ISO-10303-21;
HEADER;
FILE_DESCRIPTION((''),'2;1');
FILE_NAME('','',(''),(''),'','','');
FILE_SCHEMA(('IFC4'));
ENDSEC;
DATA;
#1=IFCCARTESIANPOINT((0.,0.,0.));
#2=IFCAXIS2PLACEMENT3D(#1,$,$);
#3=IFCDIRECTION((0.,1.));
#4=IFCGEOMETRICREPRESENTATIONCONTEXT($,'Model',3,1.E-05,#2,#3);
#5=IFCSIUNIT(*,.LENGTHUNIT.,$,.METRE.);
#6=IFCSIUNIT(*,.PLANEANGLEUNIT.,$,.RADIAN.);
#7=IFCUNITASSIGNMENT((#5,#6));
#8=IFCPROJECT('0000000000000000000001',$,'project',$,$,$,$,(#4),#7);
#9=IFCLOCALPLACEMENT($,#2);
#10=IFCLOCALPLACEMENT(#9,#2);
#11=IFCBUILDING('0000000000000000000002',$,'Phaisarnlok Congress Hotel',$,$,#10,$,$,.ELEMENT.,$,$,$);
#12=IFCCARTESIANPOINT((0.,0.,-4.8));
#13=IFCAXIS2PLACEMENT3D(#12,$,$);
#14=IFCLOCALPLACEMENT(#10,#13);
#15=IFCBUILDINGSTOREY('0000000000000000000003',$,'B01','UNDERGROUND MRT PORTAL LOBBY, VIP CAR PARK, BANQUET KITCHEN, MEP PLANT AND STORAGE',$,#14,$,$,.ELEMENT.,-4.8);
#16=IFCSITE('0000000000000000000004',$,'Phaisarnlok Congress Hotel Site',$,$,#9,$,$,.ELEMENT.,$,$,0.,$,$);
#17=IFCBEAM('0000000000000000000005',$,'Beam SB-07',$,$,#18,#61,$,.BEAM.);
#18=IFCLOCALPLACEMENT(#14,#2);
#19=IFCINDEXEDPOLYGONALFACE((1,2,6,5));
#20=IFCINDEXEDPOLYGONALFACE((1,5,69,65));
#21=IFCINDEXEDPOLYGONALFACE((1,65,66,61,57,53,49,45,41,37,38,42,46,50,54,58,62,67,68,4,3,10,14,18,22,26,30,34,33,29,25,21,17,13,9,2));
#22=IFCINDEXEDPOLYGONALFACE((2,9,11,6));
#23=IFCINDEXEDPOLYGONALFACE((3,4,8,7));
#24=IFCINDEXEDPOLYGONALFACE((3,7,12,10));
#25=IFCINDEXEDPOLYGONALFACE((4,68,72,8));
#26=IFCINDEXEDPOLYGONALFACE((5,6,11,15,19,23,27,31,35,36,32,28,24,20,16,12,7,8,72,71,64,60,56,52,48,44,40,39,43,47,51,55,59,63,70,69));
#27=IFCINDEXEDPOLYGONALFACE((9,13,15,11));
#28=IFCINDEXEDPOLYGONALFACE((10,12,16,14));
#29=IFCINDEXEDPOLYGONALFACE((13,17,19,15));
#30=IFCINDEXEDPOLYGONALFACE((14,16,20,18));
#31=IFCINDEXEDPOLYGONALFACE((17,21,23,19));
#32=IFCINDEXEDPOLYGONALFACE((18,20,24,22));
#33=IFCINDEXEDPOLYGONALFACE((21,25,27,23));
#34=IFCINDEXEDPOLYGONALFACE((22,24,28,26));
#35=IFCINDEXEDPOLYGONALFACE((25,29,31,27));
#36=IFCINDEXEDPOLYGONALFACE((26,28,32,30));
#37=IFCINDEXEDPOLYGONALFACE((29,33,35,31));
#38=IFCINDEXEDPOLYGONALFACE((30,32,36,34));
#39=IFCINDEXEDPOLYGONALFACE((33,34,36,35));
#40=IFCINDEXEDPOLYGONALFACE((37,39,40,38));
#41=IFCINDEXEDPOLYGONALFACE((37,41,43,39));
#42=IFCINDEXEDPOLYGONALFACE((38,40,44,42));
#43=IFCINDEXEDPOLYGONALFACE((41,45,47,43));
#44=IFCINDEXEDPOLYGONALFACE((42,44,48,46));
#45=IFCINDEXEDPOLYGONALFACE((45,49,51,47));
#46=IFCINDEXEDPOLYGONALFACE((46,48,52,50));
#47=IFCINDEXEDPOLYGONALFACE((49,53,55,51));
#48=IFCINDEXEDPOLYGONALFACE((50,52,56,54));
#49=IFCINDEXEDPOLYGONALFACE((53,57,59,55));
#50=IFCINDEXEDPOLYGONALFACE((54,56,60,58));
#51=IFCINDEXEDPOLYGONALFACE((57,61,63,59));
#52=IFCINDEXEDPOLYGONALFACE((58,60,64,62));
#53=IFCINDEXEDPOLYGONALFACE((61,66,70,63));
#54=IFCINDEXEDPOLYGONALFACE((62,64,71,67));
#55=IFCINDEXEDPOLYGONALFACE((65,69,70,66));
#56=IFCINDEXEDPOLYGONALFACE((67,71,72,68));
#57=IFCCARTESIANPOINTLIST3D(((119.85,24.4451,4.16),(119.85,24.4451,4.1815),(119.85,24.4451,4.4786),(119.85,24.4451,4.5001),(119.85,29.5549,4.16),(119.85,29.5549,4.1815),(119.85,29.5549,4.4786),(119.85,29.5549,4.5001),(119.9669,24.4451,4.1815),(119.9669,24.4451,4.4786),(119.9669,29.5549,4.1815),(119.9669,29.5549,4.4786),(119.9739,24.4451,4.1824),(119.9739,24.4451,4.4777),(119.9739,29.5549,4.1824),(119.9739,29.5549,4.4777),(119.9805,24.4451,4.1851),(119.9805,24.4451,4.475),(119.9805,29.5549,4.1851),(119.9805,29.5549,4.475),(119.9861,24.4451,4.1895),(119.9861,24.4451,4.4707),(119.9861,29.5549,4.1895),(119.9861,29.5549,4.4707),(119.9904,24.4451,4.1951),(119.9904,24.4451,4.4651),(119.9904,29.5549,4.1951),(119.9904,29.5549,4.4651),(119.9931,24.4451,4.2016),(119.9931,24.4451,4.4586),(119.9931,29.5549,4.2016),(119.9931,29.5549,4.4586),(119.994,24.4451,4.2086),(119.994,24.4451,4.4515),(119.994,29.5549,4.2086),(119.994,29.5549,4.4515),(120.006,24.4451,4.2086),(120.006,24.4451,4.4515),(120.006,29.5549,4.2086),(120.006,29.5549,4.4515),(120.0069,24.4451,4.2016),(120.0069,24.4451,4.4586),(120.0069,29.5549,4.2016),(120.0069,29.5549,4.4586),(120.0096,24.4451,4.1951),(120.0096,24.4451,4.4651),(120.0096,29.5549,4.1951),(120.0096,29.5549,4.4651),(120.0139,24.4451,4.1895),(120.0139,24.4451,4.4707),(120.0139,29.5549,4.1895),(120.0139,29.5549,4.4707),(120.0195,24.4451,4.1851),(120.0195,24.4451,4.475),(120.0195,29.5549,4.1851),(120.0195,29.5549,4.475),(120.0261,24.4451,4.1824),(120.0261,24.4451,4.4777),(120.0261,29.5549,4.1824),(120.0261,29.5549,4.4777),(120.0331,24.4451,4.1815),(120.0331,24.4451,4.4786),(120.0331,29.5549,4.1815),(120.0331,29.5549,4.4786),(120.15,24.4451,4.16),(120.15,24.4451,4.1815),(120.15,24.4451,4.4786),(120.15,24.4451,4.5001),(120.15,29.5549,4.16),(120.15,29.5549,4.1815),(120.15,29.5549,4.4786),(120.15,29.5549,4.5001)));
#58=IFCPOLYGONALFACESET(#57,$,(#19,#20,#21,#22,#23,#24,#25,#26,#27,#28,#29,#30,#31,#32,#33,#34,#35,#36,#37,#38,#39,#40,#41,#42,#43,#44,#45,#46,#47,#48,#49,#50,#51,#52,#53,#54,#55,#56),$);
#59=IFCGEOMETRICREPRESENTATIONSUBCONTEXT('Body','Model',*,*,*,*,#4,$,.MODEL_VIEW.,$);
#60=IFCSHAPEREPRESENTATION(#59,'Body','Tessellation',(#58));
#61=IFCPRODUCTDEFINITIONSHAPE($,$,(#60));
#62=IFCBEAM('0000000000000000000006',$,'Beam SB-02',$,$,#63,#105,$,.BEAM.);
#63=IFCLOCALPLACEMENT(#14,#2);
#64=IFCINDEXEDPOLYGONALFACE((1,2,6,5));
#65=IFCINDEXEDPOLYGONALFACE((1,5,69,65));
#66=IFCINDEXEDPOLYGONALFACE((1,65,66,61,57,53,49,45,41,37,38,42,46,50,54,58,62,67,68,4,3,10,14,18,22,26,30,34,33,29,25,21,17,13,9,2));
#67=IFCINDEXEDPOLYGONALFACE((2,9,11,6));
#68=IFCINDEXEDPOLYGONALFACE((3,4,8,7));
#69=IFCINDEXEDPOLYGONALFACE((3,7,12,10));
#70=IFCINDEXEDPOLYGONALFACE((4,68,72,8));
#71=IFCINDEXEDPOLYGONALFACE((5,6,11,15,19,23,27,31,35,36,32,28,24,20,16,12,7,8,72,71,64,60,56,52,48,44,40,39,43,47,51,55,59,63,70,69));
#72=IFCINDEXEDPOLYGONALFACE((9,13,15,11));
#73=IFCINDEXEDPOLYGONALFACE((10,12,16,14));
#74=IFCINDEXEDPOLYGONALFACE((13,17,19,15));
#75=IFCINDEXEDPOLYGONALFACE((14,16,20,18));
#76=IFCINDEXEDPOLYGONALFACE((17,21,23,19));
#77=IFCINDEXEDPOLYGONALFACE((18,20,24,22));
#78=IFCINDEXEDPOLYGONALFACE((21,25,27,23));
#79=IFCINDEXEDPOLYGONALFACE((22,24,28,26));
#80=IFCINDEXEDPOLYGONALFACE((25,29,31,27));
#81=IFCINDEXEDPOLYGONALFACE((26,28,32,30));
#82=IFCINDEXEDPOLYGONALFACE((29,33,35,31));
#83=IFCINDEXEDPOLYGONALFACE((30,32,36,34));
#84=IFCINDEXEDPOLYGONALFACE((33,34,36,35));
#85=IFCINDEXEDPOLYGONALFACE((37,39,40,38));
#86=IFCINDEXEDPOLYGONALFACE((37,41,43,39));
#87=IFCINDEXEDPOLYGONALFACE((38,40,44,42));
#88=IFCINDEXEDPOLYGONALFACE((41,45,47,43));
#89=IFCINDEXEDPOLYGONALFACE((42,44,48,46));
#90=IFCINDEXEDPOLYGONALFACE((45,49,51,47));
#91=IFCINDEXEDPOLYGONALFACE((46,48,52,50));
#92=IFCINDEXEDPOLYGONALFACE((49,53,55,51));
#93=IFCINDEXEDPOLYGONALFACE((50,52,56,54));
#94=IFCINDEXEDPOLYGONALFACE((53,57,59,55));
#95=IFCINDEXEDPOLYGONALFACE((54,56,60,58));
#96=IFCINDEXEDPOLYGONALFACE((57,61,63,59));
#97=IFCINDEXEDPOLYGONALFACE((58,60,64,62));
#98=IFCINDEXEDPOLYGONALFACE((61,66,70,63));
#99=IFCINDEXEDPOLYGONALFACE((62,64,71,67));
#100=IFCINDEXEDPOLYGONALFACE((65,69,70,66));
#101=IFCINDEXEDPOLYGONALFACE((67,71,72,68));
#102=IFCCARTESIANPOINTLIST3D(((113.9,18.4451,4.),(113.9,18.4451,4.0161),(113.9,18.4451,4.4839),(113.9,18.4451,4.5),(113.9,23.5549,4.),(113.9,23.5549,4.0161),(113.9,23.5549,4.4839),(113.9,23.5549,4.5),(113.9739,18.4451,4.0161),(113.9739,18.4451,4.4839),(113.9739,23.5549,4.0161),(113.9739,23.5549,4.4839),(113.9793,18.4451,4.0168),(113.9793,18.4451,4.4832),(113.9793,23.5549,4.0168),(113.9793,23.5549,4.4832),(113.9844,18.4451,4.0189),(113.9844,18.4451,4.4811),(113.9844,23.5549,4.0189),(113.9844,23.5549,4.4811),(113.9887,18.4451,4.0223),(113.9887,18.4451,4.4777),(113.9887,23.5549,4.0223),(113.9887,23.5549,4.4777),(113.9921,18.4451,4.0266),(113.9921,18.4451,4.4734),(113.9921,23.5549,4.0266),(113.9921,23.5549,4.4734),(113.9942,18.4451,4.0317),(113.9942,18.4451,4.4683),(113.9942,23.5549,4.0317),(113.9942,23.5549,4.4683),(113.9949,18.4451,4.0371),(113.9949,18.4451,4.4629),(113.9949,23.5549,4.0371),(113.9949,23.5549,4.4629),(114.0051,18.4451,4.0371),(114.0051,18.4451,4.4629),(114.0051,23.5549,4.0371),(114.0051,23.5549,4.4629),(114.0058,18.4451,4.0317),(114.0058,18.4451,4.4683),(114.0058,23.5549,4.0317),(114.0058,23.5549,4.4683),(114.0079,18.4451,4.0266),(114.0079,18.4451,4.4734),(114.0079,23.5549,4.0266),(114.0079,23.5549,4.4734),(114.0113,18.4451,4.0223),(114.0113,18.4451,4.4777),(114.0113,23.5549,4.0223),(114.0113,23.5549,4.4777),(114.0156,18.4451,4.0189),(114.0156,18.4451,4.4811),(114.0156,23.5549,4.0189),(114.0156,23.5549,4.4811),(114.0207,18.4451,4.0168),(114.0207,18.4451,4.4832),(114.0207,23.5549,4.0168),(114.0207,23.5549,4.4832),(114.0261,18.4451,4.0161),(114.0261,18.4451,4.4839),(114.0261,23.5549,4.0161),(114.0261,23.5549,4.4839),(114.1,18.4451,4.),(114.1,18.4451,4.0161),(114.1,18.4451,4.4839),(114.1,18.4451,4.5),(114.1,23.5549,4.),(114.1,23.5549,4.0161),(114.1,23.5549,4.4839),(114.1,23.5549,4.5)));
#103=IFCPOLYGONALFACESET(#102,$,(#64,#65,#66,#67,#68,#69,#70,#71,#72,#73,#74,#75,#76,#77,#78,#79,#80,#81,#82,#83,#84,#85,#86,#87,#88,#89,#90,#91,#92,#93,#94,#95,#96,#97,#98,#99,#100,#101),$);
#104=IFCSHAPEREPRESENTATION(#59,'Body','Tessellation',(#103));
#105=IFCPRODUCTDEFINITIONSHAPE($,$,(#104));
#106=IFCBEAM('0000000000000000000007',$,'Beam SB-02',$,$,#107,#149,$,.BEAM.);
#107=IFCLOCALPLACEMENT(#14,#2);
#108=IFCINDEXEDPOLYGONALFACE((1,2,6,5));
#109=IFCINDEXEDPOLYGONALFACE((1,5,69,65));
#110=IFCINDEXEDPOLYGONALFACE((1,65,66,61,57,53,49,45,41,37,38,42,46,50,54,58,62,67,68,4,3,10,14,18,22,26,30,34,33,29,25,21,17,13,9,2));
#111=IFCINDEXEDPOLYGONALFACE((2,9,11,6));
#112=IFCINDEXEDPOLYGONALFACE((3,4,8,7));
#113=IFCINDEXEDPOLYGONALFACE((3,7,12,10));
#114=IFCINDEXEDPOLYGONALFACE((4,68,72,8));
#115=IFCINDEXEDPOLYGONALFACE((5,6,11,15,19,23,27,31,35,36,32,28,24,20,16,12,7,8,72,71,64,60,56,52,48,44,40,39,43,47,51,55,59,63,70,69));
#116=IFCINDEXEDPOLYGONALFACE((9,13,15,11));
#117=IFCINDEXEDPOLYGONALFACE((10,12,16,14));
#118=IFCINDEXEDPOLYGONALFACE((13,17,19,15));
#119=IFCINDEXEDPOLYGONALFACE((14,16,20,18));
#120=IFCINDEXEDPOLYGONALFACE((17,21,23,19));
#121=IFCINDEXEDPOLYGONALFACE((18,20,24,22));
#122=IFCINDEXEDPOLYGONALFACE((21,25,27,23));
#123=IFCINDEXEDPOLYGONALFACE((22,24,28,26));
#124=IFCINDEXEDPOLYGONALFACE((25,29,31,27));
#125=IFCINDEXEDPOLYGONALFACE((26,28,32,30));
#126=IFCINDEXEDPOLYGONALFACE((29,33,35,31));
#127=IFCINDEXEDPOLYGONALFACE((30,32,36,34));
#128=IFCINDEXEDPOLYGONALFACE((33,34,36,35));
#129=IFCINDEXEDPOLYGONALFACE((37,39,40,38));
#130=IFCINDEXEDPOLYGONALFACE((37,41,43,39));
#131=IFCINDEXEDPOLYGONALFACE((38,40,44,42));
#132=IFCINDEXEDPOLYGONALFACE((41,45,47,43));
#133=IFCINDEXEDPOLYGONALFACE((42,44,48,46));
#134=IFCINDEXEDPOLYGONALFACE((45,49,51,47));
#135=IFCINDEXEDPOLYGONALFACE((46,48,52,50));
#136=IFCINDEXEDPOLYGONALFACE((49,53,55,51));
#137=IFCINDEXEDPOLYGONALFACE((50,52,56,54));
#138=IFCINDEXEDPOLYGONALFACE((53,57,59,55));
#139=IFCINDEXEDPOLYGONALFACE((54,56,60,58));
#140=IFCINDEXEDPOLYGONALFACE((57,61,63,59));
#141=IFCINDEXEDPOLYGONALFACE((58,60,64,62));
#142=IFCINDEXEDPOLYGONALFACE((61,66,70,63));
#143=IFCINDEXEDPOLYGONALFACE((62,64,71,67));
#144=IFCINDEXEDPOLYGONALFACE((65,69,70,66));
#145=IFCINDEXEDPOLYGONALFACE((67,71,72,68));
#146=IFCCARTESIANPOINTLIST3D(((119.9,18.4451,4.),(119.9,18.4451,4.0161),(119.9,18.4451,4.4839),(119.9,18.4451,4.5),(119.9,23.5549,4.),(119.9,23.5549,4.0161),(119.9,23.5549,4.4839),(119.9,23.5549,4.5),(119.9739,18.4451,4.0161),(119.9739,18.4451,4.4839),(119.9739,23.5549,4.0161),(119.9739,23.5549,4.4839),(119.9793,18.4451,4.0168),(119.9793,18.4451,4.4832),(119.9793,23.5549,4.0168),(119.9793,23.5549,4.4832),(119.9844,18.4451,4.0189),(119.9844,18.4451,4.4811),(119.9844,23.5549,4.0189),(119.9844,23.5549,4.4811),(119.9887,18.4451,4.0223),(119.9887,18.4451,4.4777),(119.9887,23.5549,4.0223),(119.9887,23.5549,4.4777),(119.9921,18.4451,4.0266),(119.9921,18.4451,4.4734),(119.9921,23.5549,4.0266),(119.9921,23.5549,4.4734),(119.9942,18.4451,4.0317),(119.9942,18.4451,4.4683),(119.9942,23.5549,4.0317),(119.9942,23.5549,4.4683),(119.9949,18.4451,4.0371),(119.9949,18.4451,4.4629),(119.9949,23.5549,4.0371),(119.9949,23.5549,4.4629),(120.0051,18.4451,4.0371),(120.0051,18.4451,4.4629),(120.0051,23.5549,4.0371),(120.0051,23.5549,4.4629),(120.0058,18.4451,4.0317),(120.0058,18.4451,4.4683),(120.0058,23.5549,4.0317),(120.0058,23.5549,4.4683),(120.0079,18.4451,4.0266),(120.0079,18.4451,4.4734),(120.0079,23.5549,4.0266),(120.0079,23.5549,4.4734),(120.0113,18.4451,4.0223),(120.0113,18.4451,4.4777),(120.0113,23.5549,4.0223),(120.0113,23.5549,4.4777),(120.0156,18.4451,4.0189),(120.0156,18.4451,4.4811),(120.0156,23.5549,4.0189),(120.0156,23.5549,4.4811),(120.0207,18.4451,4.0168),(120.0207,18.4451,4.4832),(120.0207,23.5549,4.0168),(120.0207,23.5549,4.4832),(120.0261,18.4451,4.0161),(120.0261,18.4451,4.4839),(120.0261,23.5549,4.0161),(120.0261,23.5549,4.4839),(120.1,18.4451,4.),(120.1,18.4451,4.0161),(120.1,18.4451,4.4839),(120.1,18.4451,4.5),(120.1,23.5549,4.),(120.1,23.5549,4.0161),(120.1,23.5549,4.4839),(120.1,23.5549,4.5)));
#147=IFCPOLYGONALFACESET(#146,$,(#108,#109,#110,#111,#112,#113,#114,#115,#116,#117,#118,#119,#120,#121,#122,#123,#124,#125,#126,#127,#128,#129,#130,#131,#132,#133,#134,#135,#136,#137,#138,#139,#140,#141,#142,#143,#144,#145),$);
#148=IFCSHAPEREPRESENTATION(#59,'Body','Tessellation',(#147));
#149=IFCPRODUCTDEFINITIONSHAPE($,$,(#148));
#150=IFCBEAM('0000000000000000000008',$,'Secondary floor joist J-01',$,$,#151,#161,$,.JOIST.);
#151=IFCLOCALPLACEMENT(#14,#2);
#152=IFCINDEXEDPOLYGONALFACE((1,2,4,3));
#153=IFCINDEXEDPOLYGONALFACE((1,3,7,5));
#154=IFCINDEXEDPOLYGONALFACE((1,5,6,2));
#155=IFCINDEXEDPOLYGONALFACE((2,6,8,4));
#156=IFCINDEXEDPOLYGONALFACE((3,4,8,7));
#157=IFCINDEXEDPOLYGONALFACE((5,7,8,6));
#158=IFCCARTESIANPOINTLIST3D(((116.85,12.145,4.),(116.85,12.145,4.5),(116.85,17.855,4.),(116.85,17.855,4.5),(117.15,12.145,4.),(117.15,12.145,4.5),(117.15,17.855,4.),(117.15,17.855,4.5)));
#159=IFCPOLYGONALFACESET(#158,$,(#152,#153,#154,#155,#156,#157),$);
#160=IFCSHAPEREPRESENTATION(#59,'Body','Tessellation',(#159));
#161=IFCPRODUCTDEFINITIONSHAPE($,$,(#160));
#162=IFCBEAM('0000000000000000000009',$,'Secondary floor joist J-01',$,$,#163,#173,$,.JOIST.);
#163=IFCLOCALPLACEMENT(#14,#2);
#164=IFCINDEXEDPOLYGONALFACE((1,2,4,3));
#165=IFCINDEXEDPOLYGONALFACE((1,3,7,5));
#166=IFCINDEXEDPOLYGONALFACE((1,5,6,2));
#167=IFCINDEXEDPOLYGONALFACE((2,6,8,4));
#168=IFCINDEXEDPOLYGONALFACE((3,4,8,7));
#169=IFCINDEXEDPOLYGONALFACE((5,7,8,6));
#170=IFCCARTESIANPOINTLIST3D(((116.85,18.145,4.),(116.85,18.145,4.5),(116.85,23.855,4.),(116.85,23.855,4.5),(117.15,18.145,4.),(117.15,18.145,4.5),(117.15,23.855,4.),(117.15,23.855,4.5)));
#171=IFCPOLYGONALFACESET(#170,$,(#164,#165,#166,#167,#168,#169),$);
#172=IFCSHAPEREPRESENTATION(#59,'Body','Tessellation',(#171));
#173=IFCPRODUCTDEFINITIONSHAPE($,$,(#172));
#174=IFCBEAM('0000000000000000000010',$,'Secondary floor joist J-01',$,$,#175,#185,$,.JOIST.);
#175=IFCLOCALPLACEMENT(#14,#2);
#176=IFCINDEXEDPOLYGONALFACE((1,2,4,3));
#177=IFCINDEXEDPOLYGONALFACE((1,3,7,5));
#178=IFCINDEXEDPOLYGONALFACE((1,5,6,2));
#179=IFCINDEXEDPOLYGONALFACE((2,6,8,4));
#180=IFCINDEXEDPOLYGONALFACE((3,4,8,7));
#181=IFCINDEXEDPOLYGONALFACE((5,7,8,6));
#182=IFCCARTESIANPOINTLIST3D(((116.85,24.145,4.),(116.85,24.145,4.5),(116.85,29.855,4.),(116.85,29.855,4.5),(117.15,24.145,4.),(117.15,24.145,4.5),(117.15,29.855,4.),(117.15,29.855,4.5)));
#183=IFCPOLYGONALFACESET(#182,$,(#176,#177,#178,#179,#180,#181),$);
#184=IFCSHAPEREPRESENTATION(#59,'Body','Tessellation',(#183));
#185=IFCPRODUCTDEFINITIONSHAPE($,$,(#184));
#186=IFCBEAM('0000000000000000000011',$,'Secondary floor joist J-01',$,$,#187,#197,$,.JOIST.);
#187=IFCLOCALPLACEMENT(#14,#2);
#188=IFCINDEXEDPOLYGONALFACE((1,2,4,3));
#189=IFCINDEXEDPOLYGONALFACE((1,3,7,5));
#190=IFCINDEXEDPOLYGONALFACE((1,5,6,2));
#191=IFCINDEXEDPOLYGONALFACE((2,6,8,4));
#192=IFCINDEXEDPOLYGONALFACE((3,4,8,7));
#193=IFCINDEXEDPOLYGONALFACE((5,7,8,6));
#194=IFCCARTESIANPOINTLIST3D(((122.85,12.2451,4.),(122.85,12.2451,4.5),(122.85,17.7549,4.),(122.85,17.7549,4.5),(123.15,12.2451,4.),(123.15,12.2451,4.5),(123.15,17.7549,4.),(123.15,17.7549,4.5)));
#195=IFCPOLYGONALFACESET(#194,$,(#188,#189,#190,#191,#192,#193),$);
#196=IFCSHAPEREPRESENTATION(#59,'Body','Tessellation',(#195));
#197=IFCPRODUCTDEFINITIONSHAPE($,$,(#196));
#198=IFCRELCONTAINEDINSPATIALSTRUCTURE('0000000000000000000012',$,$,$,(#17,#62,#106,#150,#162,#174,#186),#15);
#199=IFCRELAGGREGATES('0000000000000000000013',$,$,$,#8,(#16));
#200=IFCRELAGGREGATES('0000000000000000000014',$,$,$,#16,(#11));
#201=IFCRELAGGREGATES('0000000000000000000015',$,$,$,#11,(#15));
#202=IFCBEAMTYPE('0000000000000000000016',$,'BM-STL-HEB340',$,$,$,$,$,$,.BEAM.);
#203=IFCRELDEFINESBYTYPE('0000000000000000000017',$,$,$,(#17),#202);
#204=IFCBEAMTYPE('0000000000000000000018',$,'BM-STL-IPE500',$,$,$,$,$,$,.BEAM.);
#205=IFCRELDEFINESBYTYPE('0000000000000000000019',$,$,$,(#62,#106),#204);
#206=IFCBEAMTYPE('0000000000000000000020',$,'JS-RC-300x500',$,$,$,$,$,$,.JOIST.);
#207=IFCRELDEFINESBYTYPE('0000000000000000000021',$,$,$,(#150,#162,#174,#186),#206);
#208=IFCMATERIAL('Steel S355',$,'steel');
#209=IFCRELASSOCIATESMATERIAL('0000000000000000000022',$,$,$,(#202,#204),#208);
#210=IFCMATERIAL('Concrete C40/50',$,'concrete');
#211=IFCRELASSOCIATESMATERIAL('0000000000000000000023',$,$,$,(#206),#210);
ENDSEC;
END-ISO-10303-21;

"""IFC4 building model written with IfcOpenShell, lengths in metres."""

from ifc_helpers import new_model, si_unit, direction, frame, origin, origin_2d, place, context, subcontext, project, spatial, rectangle, i_section, extrude, material, material_profile, profile_set, type_object, element, save


model = new_model("IFC4")

# Units and contexts
model_context = context("Model", 3, precision=1e-05, world=origin(), true_north=direction((0.0, 1.0)))
body_context = subcontext(model_context, "Body", "Model", "MODEL_VIEW")
ifc_project = project(units=[si_unit("LENGTHUNIT", "METRE"), si_unit("PLANEANGLEUNIT", "RADIAN")], contexts=[model_context])

# Site, building, storey
site_placement = place(None, origin())
site = spatial("IfcSite", under=ifc_project, at=site_placement, Name="Phaisarnlok Congress Hotel Site", CompositionType="ELEMENT", RefElevation=0.0)
building_placement = place(site_placement, origin())
building = spatial("IfcBuilding", under=site, at=building_placement, Name="Phaisarnlok Congress Hotel", CompositionType="ELEMENT")
storey_placement = place(building_placement, frame((0.0, 0.0, -4.8)))
storey = spatial("IfcBuildingStorey", under=building, at=storey_placement, Name="B01", Description="UNDERGROUND MRT PORTAL LOBBY, VIP CAR PARK, BANQUET KITCHEN, MEP PLANT AND STORAGE", CompositionType="ELEMENT", Elevation=-4.8)

# Shared definitions
ifc_material_1 = material(Name="Concrete C40/50", Category="concrete")

# Beams
ifc_material_2 = material(Name="Steel S355", Category="steel")
ifc_material_profile_1 = material_profile(ifc_material_2, i_section(OverallWidth=0.3, OverallDepth=0.3401, WebThickness=0.012, FlangeThickness=0.0215, FilletRadius=0.0271, at=origin_2d()), Name="HEB 340")
ifc_profile_set_1 = profile_set([ifc_material_profile_1], Name="Steel S355")
beam_type_1 = type_object("IfcBeamType", Name="BM-STL-HEB340", PredefinedType="BEAM", material=ifc_profile_set_1)
for number, where, z_axis, x_axis, name in (
    (1, (120.0, 24.4451, 4.3301), (0.0, 1.0, 0.0), (-1.0, 0.0, 0.0), "Beam SB-07"),
):
    element("IfcBeam", number, at=place(storey_placement, frame(where, z_axis=z_axis, x_axis=x_axis)), inside=storey, type_object=beam_type_1, Name=name, PredefinedType="BEAM", context=body_context, shape_type="SweptSolid", body=[
        extrude(i_section(OverallWidth=0.3, OverallDepth=0.3401, WebThickness=0.012, FlangeThickness=0.0215, FilletRadius=0.0271, at=origin_2d()), origin(), (0.0, 0.0, 1.0), 5.1099),
    ])
ifc_material_profile_2 = material_profile(ifc_material_2, i_section(OverallWidth=0.2, OverallDepth=0.5, WebThickness=0.0103, FlangeThickness=0.0161, FilletRadius=0.021, at=origin_2d()), Name="IPE 500")
ifc_profile_set_2 = profile_set([ifc_material_profile_2], Name="Steel S355")
beam_type_2 = type_object("IfcBeamType", Name="BM-STL-IPE500", PredefinedType="BEAM", material=ifc_profile_set_2)
for number, where, z_axis, x_axis, name in (
    (2, (114.0, 18.4451, 4.25), (0.0, 1.0, 0.0), (-1.0, 0.0, 0.0), "Beam SB-02"),
    (3, (120.0, 18.4451, 4.25), (0.0, 1.0, 0.0), (-1.0, 0.0, 0.0), "Beam SB-02"),
):
    element("IfcBeam", number, at=place(storey_placement, frame(where, z_axis=z_axis, x_axis=x_axis)), inside=storey, type_object=beam_type_2, Name=name, PredefinedType="BEAM", context=body_context, shape_type="SweptSolid", body=[
        extrude(i_section(OverallWidth=0.2, OverallDepth=0.5, WebThickness=0.0103, FlangeThickness=0.0161, FilletRadius=0.021, at=origin_2d()), origin(), (0.0, 0.0, 1.0), 5.1099),
    ])
ifc_material_profile_3 = material_profile(ifc_material_1, rectangle(XDim=0.3, YDim=0.5, at=origin_2d()), Name="RC 300x500")
ifc_profile_set_3 = profile_set([ifc_material_profile_3], Name="Concrete C40/50")
beam_type_3 = type_object("IfcBeamType", Name="JS-RC-300x500", PredefinedType="JOIST", material=ifc_profile_set_3)
for number, where, z_axis, x_axis, name in (
    (4, (117.0, 12.145, 4.25), (0.0, 1.0, 0.0), (-1.0, 0.0, 0.0), "Secondary floor joist J-01"),
    (5, (117.0, 18.145, 4.25), (0.0, 1.0, 0.0), (-1.0, 0.0, 0.0), "Secondary floor joist J-01"),
    (6, (117.0, 24.145, 4.25), (0.0, 1.0, 0.0), (-1.0, 0.0, 0.0), "Secondary floor joist J-01"),
):
    element("IfcBeam", number, at=place(storey_placement, frame(where, z_axis=z_axis, x_axis=x_axis)), inside=storey, type_object=beam_type_3, Name=name, PredefinedType="JOIST", context=body_context, shape_type="SweptSolid", body=[
        extrude(rectangle(XDim=0.3, YDim=0.5, at=origin_2d()), origin(), (0.0, 0.0, 1.0), 5.71),
    ])
for number, where, z_axis, x_axis, name in (
    (7, (123.0, 12.2451, 4.25), (0.0, 1.0, 0.0), (-1.0, 0.0, 0.0), "Secondary floor joist J-01"),
):
    element("IfcBeam", number, at=place(storey_placement, frame(where, z_axis=z_axis, x_axis=x_axis)), inside=storey, type_object=beam_type_3, Name=name, PredefinedType="JOIST", context=body_context, shape_type="SweptSolid", body=[
        extrude(rectangle(XDim=0.3, YDim=0.5, at=origin_2d()), origin(), (0.0, 0.0, 1.0), 5.5098),
    ])

save(model, "model.ifc")
